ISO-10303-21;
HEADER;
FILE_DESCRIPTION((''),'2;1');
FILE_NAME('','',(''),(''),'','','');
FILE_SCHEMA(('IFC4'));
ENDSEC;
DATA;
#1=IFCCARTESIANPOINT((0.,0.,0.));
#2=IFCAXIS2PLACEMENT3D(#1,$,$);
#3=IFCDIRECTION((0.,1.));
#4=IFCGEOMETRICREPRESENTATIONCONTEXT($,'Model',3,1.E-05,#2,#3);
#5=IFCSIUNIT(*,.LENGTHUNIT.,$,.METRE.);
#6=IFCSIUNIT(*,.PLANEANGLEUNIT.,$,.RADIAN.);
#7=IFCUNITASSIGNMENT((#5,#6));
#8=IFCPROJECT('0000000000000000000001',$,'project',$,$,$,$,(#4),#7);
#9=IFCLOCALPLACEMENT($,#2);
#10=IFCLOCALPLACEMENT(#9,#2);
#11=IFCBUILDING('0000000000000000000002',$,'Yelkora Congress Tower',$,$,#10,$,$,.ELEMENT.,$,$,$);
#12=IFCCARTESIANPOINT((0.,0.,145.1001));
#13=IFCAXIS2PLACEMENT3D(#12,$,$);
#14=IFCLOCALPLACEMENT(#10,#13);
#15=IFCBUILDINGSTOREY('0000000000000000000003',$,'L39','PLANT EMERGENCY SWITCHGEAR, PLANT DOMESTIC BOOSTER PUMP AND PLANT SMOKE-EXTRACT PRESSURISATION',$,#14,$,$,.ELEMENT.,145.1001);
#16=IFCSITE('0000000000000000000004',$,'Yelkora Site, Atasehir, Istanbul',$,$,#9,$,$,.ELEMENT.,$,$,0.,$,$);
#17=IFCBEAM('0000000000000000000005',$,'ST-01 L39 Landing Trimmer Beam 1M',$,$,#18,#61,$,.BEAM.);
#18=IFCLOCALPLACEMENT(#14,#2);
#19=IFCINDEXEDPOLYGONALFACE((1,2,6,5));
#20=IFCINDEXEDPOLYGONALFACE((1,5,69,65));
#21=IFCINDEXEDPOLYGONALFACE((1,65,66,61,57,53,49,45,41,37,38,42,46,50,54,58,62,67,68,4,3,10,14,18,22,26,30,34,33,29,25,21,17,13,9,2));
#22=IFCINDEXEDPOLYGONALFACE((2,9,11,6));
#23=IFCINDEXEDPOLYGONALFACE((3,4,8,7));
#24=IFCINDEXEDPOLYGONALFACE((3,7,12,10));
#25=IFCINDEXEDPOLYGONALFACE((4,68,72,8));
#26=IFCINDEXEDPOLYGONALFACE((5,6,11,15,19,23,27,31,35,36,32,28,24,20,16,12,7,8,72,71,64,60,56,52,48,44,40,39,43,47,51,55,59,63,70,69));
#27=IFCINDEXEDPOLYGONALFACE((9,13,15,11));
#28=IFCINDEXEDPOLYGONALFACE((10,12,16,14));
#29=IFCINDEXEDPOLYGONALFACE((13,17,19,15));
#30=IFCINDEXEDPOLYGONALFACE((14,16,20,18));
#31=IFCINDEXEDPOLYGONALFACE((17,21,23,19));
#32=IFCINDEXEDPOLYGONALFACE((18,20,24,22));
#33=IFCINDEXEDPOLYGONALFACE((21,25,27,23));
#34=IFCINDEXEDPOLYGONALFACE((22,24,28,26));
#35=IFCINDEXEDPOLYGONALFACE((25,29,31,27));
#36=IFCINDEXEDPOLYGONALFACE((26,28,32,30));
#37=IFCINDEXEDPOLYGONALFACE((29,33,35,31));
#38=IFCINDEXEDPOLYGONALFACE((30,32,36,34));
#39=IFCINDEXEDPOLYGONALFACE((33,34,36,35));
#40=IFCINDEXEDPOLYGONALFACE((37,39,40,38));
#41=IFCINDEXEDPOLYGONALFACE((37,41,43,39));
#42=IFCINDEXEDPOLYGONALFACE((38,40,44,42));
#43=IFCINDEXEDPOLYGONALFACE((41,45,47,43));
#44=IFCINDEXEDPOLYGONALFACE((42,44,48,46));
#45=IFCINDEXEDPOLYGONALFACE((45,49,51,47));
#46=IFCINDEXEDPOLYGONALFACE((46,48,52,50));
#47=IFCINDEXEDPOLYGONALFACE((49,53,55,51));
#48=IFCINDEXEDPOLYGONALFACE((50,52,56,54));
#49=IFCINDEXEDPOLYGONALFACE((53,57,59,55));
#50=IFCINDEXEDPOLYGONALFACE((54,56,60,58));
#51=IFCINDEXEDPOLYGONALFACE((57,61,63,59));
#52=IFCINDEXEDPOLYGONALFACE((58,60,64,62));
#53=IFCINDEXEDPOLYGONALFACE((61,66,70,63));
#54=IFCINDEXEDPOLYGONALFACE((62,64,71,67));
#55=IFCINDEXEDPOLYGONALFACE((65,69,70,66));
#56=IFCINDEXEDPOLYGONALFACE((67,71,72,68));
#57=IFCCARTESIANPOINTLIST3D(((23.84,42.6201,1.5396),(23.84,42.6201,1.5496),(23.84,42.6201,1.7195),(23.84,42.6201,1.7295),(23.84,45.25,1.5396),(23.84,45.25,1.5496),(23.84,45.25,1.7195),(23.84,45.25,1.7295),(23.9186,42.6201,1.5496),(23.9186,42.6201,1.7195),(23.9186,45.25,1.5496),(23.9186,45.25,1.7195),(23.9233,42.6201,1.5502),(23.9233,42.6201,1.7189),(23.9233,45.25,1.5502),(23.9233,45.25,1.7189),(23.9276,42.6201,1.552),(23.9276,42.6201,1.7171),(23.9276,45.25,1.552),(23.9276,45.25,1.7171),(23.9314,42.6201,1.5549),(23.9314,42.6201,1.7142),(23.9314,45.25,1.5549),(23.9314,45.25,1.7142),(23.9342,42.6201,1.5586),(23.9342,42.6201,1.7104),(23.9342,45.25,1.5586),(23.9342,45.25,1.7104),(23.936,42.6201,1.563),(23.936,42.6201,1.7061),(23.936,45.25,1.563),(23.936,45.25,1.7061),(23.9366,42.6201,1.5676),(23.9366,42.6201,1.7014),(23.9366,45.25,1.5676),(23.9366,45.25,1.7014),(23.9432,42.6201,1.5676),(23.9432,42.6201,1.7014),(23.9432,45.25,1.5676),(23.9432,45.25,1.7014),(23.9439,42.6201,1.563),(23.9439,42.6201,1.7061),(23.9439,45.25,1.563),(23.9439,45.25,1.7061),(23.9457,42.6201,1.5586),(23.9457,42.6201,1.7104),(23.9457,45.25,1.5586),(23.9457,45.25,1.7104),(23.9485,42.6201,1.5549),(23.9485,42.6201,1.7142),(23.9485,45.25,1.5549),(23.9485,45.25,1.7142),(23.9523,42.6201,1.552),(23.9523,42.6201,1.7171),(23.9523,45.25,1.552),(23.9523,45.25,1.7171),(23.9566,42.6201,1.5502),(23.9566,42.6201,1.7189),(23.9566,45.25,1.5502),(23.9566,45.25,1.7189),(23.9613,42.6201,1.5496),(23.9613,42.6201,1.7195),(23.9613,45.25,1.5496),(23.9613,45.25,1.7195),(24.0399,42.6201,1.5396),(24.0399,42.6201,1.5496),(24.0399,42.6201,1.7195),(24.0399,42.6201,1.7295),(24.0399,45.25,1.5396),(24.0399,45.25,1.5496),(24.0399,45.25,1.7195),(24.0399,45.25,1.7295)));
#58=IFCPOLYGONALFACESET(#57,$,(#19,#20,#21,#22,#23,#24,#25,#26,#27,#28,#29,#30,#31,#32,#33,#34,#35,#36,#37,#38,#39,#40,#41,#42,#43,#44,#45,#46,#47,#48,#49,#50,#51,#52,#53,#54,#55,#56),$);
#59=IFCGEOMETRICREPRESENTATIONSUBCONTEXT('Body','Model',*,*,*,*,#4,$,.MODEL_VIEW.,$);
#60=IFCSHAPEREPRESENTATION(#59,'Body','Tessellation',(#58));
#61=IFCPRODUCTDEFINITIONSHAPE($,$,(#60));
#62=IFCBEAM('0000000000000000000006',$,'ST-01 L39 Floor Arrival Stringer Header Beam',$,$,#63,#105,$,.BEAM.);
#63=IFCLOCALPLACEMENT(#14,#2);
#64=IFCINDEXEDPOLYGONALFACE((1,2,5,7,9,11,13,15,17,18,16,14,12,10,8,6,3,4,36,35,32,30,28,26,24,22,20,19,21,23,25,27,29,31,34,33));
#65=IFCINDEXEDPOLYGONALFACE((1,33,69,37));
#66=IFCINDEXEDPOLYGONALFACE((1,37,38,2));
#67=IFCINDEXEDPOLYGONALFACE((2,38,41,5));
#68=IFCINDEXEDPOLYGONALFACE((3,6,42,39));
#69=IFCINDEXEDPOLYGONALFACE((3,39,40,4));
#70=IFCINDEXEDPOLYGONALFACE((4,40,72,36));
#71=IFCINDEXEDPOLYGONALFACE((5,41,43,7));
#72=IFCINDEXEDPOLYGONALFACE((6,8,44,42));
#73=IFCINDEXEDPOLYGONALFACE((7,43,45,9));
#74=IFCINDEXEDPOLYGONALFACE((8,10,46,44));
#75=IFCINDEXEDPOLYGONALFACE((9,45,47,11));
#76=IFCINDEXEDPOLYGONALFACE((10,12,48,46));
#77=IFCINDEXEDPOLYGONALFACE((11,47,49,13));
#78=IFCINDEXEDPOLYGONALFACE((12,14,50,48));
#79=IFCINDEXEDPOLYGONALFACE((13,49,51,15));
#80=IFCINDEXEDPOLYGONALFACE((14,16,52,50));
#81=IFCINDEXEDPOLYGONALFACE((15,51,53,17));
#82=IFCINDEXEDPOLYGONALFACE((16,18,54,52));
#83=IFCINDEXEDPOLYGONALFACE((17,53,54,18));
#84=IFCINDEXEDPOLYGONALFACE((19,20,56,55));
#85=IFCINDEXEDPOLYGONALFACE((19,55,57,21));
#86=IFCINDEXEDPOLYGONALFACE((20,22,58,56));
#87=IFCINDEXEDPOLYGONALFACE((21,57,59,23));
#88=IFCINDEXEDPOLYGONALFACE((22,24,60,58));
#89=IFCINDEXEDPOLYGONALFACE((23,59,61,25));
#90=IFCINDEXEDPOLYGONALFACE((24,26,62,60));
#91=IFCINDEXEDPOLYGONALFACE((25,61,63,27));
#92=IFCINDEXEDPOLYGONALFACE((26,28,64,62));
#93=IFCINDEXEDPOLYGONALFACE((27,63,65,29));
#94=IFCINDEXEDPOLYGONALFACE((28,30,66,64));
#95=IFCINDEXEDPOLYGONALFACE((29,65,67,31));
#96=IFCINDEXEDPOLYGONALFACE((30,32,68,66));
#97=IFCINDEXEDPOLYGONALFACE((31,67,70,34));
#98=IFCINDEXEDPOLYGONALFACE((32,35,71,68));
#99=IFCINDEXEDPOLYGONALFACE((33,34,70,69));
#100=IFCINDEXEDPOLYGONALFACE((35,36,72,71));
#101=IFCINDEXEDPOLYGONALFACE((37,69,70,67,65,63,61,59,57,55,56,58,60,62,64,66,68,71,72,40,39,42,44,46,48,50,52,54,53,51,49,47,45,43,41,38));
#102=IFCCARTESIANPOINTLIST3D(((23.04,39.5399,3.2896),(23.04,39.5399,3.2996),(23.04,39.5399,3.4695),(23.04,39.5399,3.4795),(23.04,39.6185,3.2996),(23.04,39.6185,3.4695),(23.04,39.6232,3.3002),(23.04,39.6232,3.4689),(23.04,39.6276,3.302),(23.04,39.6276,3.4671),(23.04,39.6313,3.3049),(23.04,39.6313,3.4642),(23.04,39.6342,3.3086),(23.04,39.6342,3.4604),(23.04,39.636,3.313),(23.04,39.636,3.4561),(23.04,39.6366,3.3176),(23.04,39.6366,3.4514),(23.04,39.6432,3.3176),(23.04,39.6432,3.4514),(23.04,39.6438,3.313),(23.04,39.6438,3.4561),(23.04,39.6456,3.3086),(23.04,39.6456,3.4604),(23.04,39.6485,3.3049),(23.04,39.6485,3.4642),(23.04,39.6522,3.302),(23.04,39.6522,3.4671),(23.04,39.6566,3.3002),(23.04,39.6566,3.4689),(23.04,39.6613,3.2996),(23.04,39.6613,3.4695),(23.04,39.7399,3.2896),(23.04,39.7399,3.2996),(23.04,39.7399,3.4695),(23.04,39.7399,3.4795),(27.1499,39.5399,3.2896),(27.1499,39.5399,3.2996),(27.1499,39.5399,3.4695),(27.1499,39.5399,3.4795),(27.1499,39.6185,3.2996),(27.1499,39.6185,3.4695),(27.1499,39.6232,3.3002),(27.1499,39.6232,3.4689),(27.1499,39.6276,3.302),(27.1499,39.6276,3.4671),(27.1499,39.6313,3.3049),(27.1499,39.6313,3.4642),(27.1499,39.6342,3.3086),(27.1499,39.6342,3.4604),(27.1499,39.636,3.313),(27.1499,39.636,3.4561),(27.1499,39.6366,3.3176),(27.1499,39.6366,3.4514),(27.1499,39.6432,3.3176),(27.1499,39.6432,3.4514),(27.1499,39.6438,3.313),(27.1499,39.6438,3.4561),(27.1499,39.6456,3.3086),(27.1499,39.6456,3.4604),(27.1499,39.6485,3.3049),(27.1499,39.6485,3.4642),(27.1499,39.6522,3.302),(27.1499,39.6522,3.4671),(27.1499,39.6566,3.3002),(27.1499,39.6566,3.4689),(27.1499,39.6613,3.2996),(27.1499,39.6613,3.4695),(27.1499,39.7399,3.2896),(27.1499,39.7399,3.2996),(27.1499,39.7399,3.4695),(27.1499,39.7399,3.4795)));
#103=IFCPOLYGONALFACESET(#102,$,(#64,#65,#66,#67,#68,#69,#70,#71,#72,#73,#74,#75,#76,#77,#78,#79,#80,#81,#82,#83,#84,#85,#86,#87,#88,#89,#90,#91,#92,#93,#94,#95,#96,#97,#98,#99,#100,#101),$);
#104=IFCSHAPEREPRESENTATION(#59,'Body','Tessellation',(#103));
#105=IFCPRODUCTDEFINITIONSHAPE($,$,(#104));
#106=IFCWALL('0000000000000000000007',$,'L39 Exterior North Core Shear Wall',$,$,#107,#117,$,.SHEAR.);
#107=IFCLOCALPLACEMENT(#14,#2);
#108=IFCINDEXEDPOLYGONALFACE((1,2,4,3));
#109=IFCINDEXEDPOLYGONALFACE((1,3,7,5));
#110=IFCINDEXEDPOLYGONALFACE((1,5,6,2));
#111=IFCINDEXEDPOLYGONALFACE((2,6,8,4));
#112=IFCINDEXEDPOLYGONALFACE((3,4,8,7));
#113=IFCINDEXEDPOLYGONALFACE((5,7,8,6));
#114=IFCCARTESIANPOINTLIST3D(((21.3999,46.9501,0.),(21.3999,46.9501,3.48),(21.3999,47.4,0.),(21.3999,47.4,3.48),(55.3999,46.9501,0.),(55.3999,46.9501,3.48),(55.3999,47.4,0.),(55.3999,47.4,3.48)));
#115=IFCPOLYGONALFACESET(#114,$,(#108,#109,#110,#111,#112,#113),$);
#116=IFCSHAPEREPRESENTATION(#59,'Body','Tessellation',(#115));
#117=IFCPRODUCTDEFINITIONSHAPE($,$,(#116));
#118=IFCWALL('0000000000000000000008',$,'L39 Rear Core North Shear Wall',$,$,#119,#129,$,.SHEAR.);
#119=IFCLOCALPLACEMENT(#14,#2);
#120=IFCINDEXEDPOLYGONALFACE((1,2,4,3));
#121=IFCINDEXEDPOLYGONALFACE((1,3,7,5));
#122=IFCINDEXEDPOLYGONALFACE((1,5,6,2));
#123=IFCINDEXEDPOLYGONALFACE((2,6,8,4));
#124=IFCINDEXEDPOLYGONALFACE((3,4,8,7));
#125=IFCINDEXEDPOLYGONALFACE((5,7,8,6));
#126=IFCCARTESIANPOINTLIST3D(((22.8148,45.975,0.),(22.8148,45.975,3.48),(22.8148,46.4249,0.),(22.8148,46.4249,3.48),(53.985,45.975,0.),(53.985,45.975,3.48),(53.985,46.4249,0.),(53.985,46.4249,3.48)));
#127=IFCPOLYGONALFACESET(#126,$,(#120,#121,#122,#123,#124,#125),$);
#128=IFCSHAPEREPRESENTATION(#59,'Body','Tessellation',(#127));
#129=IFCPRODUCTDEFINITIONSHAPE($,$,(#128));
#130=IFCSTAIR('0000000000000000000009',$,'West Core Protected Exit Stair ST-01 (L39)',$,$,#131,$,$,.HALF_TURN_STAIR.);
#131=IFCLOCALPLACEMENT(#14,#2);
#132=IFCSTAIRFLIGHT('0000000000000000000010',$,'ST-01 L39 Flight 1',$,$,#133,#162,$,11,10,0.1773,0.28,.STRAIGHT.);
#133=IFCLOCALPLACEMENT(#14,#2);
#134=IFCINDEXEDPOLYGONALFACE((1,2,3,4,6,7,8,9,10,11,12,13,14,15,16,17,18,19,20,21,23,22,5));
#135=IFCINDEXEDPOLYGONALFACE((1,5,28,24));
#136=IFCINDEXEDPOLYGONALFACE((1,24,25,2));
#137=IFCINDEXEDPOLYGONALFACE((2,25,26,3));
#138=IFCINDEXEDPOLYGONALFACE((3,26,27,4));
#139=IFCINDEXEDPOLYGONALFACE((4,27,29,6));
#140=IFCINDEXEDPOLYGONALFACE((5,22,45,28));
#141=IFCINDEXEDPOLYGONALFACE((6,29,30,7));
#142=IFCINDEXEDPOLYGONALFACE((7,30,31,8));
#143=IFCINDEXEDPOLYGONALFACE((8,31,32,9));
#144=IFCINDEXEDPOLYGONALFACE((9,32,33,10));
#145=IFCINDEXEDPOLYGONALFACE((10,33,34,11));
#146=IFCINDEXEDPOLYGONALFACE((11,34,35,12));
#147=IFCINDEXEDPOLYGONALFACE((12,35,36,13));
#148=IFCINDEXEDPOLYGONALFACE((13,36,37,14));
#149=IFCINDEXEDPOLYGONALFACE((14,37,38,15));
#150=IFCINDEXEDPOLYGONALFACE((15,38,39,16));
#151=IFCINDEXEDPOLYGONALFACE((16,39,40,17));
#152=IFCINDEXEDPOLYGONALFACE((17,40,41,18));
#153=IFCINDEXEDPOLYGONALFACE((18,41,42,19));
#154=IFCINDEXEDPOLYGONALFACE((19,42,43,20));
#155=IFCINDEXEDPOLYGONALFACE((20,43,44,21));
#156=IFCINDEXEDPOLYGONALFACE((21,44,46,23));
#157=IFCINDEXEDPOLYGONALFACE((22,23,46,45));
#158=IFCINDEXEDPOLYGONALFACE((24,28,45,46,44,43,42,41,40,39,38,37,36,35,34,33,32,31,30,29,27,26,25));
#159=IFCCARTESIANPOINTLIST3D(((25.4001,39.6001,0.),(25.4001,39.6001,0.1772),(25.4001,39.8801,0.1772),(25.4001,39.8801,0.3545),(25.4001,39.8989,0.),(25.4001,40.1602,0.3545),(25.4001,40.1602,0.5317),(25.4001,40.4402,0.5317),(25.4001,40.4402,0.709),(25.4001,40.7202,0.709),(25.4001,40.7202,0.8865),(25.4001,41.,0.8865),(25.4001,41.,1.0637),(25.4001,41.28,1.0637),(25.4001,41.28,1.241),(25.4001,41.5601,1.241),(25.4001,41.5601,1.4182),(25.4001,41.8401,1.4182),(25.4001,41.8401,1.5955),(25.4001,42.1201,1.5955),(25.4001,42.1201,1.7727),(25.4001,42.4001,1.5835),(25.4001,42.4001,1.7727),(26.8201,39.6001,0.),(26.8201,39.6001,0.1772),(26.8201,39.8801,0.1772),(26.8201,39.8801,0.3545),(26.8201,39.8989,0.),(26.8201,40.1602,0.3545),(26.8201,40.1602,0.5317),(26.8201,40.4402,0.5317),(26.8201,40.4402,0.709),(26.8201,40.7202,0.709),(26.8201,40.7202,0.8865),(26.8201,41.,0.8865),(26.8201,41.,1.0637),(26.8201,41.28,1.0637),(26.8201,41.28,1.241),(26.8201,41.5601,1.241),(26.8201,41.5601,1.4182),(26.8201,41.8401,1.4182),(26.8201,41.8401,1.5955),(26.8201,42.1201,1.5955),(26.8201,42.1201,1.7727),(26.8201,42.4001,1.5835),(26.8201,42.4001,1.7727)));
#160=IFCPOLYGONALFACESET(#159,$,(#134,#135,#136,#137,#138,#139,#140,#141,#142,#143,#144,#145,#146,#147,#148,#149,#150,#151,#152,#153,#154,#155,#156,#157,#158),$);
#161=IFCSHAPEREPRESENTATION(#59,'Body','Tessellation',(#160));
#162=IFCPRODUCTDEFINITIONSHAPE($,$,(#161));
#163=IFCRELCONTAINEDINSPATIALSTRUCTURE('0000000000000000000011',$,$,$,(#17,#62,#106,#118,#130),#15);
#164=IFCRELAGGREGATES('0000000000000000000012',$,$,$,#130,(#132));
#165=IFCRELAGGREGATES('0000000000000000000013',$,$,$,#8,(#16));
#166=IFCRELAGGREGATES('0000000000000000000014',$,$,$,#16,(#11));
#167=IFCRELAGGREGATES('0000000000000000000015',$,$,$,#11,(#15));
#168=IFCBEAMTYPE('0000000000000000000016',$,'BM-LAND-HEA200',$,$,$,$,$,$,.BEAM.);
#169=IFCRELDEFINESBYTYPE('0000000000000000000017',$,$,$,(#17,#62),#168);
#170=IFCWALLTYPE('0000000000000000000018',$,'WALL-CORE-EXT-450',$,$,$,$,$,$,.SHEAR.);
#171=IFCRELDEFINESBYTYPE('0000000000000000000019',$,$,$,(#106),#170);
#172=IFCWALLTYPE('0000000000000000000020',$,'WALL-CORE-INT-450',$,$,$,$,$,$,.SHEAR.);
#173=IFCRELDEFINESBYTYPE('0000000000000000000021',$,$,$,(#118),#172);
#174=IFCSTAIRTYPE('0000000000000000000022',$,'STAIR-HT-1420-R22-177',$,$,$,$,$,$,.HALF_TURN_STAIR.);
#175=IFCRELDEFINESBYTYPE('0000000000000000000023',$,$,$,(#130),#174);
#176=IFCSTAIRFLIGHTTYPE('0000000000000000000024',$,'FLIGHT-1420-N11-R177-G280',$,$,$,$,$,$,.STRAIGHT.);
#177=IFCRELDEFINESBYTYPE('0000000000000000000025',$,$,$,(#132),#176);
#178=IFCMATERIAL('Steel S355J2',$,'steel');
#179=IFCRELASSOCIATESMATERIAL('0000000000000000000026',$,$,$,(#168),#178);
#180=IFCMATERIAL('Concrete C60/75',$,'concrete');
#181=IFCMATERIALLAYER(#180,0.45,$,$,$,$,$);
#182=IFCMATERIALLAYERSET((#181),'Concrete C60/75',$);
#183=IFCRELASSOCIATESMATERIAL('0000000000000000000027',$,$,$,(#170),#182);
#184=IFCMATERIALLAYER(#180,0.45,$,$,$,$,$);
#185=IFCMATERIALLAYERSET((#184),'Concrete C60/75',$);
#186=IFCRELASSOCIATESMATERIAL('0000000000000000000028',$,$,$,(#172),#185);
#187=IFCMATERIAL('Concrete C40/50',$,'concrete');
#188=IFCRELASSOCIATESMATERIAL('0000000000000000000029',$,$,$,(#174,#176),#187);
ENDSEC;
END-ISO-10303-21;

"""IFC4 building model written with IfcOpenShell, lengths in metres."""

from ifc_helpers import new_model, si_unit, direction, frame, frame_2d, origin, origin_2d, place, context, subcontext, project, spatial, polyline, rectangle, i_section, outline, extrude, material, layer, layer_set, material_profile, profile_set, type_object, element, aggregate, save


model = new_model("IFC4")

# Units and contexts
model_context = context("Model", 3, precision=1e-05, world=origin(), true_north=direction((0.0, 1.0)))
body_context = subcontext(model_context, "Body", "Model", "MODEL_VIEW")
ifc_project = project(units=[si_unit("LENGTHUNIT", "METRE"), si_unit("PLANEANGLEUNIT", "RADIAN")], contexts=[model_context])

# Site, building, storey
site_placement = place(None, origin())
site = spatial("IfcSite", under=ifc_project, at=site_placement, Name="Yelkora Site, Atasehir, Istanbul", CompositionType="ELEMENT", RefElevation=0.0)
building_placement = place(site_placement, origin())
building = spatial("IfcBuilding", under=site, at=building_placement, Name="Yelkora Congress Tower", CompositionType="ELEMENT")
storey_placement = place(building_placement, frame((0.0, 0.0, 145.1001)))
storey = spatial("IfcBuildingStorey", under=building, at=storey_placement, Name="L39", Description="PLANT EMERGENCY SWITCHGEAR, PLANT DOMESTIC BOOSTER PUMP AND PLANT SMOKE-EXTRACT PRESSURISATION", CompositionType="ELEMENT", Elevation=145.1001)

# Beams
ifc_material_1 = material(Name="Steel S355J2", Category="steel")
ifc_material_profile_1 = material_profile(ifc_material_1, i_section(OverallWidth=0.2, OverallDepth=0.1899, WebThickness=0.0066, FlangeThickness=0.01, FilletRadius=0.0181, at=origin_2d()), Name="HEA 200")
ifc_profile_set_1 = profile_set([ifc_material_profile_1], Name="Steel S355J2")
beam_type = type_object("IfcBeamType", Name="BM-LAND-HEA200", PredefinedType="BEAM", material=ifc_profile_set_1)
beam_1_placement = place(storey_placement, frame((23.9399, 42.6201, 1.6345), z_axis=(0.0, 1.0, 0.0), x_axis=(-1.0, 0.0, 0.0)))
element("IfcBeam", 1, at=beam_1_placement, inside=storey, type_object=beam_type, Name="ST-01 L39 Landing Trimmer Beam 1M", PredefinedType="BEAM", context=body_context, shape_type="SweptSolid", body=[
    extrude(i_section(OverallWidth=0.2, OverallDepth=0.1899, WebThickness=0.0066, FlangeThickness=0.01, FilletRadius=0.0181, at=origin_2d()), origin(), (0.0, 0.0, 1.0), 2.6299),
])
beam_2_placement = place(storey_placement, frame((23.04, 39.6399, 3.3845), z_axis=(1.0, 0.0, 0.0), x_axis=(0.0, 1.0, 0.0)))
element("IfcBeam", 2, at=beam_2_placement, inside=storey, type_object=beam_type, Name="ST-01 L39 Floor Arrival Stringer Header Beam", PredefinedType="BEAM", context=body_context, shape_type="SweptSolid", body=[
    extrude(i_section(OverallWidth=0.2, OverallDepth=0.1899, WebThickness=0.0066, FlangeThickness=0.01, FilletRadius=0.0181, at=origin_2d()), origin(), (0.0, 0.0, 1.0), 4.1099),
])

# Walls
ifc_material_2 = material(Name="Concrete C60/75", Category="concrete")
ifc_layer_1 = layer(ifc_material_2, 0.45)
ifc_layer_set_1 = layer_set([ifc_layer_1], Name="Concrete C60/75")
wall_type_1 = type_object("IfcWallType", Name="WALL-CORE-EXT-450", PredefinedType="SHEAR", material=ifc_layer_set_1)
wall_1_placement = place(storey_placement, frame((21.3999, 47.175, 0.0), z_axis=(0.0, 0.0, 1.0), x_axis=(1.0, 0.0, 0.0)))
element("IfcWall", 3, at=wall_1_placement, inside=storey, type_object=wall_type_1, Name="L39 Exterior North Core Shear Wall", PredefinedType="SHEAR", context=body_context, shape_type="SweptSolid", body=[
    extrude(rectangle(XDim=34.0, YDim=0.45, at=frame_2d((17.0, 0.0))), origin(), (0.0, 0.0, 1.0), 3.48),
])
ifc_layer_2 = layer(ifc_material_2, 0.45)
ifc_layer_set_2 = layer_set([ifc_layer_2], Name="Concrete C60/75")
wall_type_2 = type_object("IfcWallType", Name="WALL-CORE-INT-450", PredefinedType="SHEAR", material=ifc_layer_set_2)
wall_2_placement = place(storey_placement, frame((22.8149, 46.2, 0.0), z_axis=(0.0, 0.0, 1.0), x_axis=(1.0, 0.0, 0.0)))
element("IfcWall", 4, at=wall_2_placement, inside=storey, type_object=wall_type_2, Name="L39 Rear Core North Shear Wall", PredefinedType="SHEAR", context=body_context, shape_type="SweptSolid", body=[
    extrude(rectangle(XDim=31.1702, YDim=0.45, at=frame_2d((15.585, 0.0))), origin(), (0.0, 0.0, 1.0), 3.48),
])

# Stair, stair flight
ifc_material_3 = material(Name="Concrete C40/50", Category="concrete")
stair_type = type_object("IfcStairType", Name="STAIR-HT-1420-R22-177", PredefinedType="HALF_TURN_STAIR", material=ifc_material_3)
stair_placement = place(storey_placement, origin())
stair = element("IfcStair", 5, at=stair_placement, inside=storey, type_object=stair_type, Name="West Core Protected Exit Stair ST-01 (L39)", PredefinedType="HALF_TURN_STAIR")
stair_flight_type = type_object("IfcStairFlightType", Name="FLIGHT-1420-N11-R177-G280", PredefinedType="STRAIGHT", material=ifc_material_3)
stair_flight_1_placement = place(storey_placement, frame((26.1101, 39.6001, 0.0), z_axis=(0.0, 0.0, 1.0), x_axis=(0.0, 1.0, 0.0)))
stair_flight_1 = element("IfcStairFlight", 6, at=stair_flight_1_placement, type_object=stair_flight_type, Name="ST-01 L39 Flight 1", NumberOfRisers=11, NumberOfTreads=10, PredefinedType="STRAIGHT", RiserHeight=0.1773, TreadLength=0.28, context=body_context, shape_type="SweptSolid", body=[
    extrude(outline(polyline([(0.0, 0.0), (0.0, 0.1772), (0.28, 0.1772), (0.28, 0.3545), (0.5601, 0.3545), (0.5601, 0.5317), (0.8401, 0.5317), (0.8401, 0.709), (1.1201, 0.709), (1.1201, 0.8865), (1.3999, 0.8865), (1.3999, 1.0637), (1.6799, 1.0637), (1.6799, 1.241), (1.96, 1.241), (1.96, 1.4182), (2.24, 1.4182), (2.24, 1.5955), (2.52, 1.5955), (2.52, 1.7727), (2.8, 1.7727), (2.8, 1.95), (2.8, 1.5835), (0.2988, 0.0), (0.0, 0.0)])), frame((0.0, 0.71, 0.0), z_axis=(0.0, -1.0, 0.0), x_axis=(1.0, 0.0, 0.0)), (0.0, 0.0, 1.0), 1.4199),
])
aggregate(stair, [stair_flight_1])

save(model, "model.ifc")
